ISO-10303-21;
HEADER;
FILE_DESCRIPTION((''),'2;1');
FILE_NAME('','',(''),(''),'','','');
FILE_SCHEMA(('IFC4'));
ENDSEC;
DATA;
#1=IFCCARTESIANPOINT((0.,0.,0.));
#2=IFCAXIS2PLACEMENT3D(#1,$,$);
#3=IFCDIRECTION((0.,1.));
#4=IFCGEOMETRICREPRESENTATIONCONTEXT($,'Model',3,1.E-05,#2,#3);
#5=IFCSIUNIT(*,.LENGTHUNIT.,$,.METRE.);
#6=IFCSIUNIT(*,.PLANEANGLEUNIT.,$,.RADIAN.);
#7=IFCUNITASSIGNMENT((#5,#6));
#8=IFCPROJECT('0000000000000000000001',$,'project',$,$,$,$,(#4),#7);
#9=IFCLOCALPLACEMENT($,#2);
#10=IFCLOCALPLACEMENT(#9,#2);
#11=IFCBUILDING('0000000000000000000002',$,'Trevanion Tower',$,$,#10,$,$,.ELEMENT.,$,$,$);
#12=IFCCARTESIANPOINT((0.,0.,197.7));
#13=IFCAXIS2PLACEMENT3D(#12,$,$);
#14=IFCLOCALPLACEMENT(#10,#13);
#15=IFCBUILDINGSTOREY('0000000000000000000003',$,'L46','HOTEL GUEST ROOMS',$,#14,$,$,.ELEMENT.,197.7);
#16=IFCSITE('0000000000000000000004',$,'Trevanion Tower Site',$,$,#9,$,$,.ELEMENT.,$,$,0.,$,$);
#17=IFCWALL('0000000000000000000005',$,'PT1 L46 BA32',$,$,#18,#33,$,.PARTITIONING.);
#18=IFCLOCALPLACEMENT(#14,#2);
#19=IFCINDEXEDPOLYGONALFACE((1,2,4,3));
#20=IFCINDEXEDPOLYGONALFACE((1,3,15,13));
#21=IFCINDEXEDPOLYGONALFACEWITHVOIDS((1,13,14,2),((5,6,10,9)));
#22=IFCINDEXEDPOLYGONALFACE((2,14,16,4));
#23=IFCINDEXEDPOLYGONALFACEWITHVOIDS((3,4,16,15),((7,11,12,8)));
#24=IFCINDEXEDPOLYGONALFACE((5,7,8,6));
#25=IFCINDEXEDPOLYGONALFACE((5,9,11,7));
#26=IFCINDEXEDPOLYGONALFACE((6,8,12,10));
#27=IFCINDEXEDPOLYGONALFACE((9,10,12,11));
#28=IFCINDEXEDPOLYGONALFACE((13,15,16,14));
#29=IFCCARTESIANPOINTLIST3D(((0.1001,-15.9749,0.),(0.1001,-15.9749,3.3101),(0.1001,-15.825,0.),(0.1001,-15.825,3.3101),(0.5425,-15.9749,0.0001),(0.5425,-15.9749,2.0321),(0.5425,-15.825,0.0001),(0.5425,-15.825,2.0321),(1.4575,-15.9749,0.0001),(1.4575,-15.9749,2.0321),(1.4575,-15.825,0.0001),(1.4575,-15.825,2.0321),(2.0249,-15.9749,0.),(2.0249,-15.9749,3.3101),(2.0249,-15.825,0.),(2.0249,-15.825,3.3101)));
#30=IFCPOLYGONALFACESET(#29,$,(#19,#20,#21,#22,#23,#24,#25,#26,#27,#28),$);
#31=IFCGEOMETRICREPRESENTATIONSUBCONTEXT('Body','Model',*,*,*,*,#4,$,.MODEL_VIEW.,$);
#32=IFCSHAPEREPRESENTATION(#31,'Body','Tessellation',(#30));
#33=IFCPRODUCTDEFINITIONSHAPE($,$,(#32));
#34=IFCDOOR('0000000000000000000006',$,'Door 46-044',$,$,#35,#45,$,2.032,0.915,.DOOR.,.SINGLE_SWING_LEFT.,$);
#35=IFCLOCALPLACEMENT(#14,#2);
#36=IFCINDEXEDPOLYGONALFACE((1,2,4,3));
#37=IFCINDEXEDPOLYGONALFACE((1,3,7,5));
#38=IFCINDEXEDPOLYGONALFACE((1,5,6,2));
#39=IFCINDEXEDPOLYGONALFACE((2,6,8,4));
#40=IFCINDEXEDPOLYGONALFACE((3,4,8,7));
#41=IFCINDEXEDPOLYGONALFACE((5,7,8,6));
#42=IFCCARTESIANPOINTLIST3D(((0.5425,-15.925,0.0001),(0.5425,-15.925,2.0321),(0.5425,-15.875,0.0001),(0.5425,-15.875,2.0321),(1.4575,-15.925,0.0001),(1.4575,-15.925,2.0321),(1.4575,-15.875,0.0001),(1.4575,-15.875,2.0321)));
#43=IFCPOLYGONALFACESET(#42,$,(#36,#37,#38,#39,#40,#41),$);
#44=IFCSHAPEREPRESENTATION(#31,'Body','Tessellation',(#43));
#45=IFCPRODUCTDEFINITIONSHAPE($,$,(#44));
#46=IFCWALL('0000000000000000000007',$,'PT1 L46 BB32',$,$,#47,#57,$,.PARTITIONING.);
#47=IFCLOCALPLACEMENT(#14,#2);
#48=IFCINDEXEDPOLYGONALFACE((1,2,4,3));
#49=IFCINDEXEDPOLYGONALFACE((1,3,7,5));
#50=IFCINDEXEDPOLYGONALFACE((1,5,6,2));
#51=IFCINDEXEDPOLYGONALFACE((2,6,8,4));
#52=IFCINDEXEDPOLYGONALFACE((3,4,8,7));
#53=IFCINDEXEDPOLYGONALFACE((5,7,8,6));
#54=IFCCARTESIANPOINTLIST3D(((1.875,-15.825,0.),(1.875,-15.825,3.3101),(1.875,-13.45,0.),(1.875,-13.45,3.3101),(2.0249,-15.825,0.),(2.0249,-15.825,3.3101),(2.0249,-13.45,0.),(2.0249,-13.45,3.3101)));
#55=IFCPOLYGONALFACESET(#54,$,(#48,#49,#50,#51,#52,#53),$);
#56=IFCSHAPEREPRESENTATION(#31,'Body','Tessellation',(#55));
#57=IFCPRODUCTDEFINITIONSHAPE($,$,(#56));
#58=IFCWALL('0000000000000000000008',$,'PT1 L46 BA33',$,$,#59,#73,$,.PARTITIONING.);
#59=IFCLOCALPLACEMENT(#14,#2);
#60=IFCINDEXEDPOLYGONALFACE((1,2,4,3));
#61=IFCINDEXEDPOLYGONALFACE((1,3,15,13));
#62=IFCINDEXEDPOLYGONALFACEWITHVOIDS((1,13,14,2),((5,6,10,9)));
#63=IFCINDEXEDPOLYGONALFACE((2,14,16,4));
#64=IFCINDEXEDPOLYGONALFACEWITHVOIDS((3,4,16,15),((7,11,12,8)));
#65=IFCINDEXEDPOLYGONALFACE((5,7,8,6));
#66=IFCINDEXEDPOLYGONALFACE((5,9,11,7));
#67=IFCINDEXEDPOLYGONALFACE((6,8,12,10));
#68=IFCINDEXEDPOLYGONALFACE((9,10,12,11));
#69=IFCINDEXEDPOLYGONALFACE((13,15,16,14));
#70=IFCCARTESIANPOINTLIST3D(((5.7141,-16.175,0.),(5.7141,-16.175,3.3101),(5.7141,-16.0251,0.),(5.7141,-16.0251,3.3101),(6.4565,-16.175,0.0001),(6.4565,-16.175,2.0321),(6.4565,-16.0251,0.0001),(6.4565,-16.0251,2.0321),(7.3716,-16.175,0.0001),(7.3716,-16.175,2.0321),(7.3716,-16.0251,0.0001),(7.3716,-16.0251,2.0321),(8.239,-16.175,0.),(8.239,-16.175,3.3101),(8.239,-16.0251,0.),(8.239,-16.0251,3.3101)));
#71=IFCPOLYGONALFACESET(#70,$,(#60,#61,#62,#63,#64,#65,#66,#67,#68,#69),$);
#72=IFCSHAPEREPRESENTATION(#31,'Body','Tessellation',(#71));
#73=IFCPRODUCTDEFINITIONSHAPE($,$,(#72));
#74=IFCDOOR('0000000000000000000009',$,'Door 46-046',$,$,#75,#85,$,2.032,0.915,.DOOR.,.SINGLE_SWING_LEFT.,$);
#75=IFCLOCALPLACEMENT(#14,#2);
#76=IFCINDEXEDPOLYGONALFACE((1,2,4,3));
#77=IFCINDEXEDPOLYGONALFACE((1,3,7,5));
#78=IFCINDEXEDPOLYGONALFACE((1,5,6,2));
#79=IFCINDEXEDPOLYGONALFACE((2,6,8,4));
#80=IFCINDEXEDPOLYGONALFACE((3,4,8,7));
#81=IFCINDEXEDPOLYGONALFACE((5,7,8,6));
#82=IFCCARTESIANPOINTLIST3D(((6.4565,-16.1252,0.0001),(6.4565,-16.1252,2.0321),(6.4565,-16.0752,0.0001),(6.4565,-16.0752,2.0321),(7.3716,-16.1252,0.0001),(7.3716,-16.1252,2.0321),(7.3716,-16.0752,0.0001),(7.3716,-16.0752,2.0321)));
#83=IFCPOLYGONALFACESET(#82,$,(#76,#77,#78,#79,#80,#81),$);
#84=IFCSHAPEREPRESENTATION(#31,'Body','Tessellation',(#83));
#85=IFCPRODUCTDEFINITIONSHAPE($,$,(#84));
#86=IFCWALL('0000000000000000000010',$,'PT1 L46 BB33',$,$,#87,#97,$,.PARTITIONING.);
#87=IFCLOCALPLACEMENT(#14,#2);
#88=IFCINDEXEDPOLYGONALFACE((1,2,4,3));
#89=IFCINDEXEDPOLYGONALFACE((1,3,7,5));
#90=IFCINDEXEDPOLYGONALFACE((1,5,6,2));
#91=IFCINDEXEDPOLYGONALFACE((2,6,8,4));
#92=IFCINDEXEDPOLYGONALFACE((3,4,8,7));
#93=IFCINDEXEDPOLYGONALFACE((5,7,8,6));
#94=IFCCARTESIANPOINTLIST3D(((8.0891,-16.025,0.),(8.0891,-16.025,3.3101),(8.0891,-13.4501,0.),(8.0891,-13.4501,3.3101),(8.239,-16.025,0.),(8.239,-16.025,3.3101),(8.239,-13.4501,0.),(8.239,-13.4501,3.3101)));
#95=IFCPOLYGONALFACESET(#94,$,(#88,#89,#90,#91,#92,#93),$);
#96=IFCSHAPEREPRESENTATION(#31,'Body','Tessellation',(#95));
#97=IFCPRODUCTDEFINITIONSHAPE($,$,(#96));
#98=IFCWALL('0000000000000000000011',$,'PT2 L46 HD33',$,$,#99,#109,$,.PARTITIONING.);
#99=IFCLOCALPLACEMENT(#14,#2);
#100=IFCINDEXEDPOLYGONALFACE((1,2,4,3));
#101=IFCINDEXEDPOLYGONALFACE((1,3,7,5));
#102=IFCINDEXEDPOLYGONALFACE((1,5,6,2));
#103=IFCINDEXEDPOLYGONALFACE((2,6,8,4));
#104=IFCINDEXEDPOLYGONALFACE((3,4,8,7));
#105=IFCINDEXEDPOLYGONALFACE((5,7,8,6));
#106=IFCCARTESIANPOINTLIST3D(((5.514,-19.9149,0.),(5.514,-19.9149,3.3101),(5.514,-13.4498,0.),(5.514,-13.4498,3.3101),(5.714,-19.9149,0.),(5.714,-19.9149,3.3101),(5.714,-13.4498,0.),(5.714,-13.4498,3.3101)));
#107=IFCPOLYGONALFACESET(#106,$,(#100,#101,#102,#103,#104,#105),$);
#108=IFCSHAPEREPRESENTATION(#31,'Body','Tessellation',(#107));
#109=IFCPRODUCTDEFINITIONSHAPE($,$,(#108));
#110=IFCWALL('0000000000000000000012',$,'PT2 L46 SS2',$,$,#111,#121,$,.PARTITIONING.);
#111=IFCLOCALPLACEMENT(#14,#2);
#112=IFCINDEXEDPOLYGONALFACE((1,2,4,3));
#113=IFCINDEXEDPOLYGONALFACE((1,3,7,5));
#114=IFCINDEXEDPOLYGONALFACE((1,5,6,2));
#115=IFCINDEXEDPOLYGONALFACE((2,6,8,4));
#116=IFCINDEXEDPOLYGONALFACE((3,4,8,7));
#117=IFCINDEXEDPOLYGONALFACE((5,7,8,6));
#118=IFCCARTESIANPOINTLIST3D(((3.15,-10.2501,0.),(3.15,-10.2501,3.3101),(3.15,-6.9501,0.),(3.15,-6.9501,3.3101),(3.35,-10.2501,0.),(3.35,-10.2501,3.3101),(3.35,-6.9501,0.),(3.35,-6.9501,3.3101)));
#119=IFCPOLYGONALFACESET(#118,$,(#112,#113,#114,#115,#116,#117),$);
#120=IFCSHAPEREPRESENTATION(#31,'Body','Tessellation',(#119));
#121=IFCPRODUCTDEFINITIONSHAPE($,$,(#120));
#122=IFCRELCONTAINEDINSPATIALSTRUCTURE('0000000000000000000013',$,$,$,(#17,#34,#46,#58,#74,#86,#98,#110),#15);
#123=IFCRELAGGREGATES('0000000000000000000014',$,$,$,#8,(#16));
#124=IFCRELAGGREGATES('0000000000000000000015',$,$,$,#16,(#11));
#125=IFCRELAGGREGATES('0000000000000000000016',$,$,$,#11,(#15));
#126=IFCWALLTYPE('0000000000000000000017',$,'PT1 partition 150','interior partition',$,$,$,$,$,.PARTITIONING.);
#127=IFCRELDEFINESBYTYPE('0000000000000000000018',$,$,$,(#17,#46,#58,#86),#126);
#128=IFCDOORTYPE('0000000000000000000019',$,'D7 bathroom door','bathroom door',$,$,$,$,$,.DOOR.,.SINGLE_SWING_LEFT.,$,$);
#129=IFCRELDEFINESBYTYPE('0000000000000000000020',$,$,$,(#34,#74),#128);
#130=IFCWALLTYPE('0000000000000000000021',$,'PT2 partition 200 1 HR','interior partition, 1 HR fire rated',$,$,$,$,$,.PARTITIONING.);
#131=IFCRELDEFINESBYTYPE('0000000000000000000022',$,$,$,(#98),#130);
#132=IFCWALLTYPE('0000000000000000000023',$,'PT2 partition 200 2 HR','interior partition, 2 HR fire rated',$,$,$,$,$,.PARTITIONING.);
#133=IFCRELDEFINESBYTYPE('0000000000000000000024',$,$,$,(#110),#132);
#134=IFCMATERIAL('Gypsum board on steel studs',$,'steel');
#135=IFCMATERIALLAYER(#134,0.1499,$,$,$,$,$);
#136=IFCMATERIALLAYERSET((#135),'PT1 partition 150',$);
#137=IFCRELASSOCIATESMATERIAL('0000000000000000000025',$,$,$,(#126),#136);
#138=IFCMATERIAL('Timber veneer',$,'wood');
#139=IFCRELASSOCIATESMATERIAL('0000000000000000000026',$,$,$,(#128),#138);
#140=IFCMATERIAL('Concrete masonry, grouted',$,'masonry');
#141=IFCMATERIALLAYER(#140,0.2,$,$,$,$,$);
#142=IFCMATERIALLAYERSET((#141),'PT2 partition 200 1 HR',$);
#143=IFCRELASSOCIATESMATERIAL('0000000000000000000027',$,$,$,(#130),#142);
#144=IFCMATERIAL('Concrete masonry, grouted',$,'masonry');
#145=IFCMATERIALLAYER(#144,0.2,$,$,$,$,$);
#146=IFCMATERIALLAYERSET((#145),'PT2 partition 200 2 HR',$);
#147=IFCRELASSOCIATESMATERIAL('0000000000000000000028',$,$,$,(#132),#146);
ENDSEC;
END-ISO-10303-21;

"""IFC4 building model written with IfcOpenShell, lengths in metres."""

from ifc_helpers import new_model, si_unit, direction, frame, frame_2d, origin, place, context, subcontext, project, spatial, rectangle, extrude, material, layer, layer_set, type_object, element, fill, save


model = new_model("IFC4")

# Units and contexts
model_context = context("Model", 3, precision=1e-05, world=origin(), true_north=direction((0.0, 1.0)))
body_context = subcontext(model_context, "Body", "Model", "MODEL_VIEW")
ifc_project = project(units=[si_unit("LENGTHUNIT", "METRE"), si_unit("PLANEANGLEUNIT", "RADIAN")], contexts=[model_context])

# Site, building, storey
site_placement = place(None, origin())
site = spatial("IfcSite", under=ifc_project, at=site_placement, Name="Trevanion Tower Site", CompositionType="ELEMENT", RefElevation=0.0)
building_placement = place(site_placement, origin())
building = spatial("IfcBuilding", under=site, at=building_placement, Name="Trevanion Tower", CompositionType="ELEMENT")
storey_placement = place(building_placement, frame((0.0, 0.0, 197.7)))
storey = spatial("IfcBuildingStorey", under=building, at=storey_placement, Name="L46", Description="HOTEL GUEST ROOMS", CompositionType="ELEMENT", Elevation=197.7)

# Wall, opening, door
ifc_material_1 = material(Name="Gypsum board on steel studs", Category="steel")
ifc_layer_1 = layer(ifc_material_1, 0.1499)
ifc_layer_set_1 = layer_set([ifc_layer_1], Name="PT1 partition 150")
wall_type_1 = type_object("IfcWallType", Name="PT1 partition 150", Description="interior partition", PredefinedType="PARTITIONING", material=ifc_layer_set_1)
wall_1_placement = place(storey_placement, frame((0.1001, -15.8999, 0.0), z_axis=(0.0, 0.0, 1.0), x_axis=(1.0, 0.0, 0.0)))
wall_1 = element("IfcWall", 1, at=wall_1_placement, inside=storey, type_object=wall_type_1, Name="PT1 L46 BA32", PredefinedType="PARTITIONING", context=body_context, shape_type="SweptSolid", body=[
    extrude(rectangle(XDim=1.9248, YDim=0.1499, at=frame_2d((0.9624, 0.0))), origin(), (0.0, 0.0, 1.0), 3.3101),
])
opening_1_placement = place(wall_1_placement, frame((0.4424, 0.0, 0.0)))
opening_1 = element("IfcOpeningElement", 2, at=opening_1_placement, cuts=wall_1, PredefinedType="OPENING", context=body_context, shape_type="SweptSolid", body=[
    extrude(rectangle(XDim=0.915, YDim=2.032, at=frame_2d((0.4575, 1.0161))), frame((0.0, 0.085, 0.0), z_axis=(0.0, -1.0, 0.0), x_axis=(1.0, 0.0, 0.0)), (0.0, 0.0, 1.0), 0.1699),
])
ifc_material_2 = material(Name="Timber veneer", Category="wood")
door_type = type_object("IfcDoorType", Name="D7 bathroom door", Description="bathroom door", OperationType="SINGLE_SWING_LEFT", PredefinedType="DOOR", material=ifc_material_2)
door_1_placement = place(opening_1_placement, origin())
door_1 = element("IfcDoor", 3, at=door_1_placement, inside=storey, type_object=door_type, Name="Door 46-044", OperationType="SINGLE_SWING_LEFT", OverallHeight=2.032, OverallWidth=0.915, PredefinedType="DOOR", context=body_context, shape_type="SweptSolid", body=[
    extrude(rectangle(XDim=0.915, YDim=2.032, at=frame_2d((0.4575, 1.0161))), frame((0.0, 0.0249, 0.0), z_axis=(0.0, -1.0, 0.0), x_axis=(1.0, 0.0, 0.0)), (0.0, 0.0, 1.0), 0.05),
])
fill(opening_1, door_1)

# Wall
wall_2_placement = place(storey_placement, frame((1.95, -13.45, 0.0), z_axis=(0.0, 0.0, 1.0), x_axis=(0.0, -1.0, 0.0)))
element("IfcWall", 4, at=wall_2_placement, inside=storey, type_object=wall_type_1, Name="PT1 L46 BB32", PredefinedType="PARTITIONING", context=body_context, shape_type="SweptSolid", body=[
    extrude(rectangle(XDim=2.375, YDim=0.1499, at=frame_2d((1.1875, 0.0))), origin(), (0.0, 0.0, 1.0), 3.3101),
])

# Wall, opening, door
wall_3_placement = place(storey_placement, frame((5.7141, -16.1001, 0.0), z_axis=(0.0, 0.0, 1.0), x_axis=(1.0, 0.0, 0.0)))
wall_3 = element("IfcWall", 5, at=wall_3_placement, inside=storey, type_object=wall_type_1, Name="PT1 L46 BA33", PredefinedType="PARTITIONING", context=body_context, shape_type="SweptSolid", body=[
    extrude(rectangle(XDim=2.5249, YDim=0.1499, at=frame_2d((1.2625, 0.0))), origin(), (0.0, 0.0, 1.0), 3.3101),
])
opening_2_placement = place(wall_3_placement, frame((0.7424, 0.0, 0.0)))
opening_2 = element("IfcOpeningElement", 6, at=opening_2_placement, cuts=wall_3, PredefinedType="OPENING", context=body_context, shape_type="SweptSolid", body=[
    extrude(rectangle(XDim=0.915, YDim=2.032, at=frame_2d((0.4575, 1.0161))), frame((0.0, 0.085, 0.0), z_axis=(0.0, -1.0, 0.0), x_axis=(1.0, 0.0, 0.0)), (0.0, 0.0, 1.0), 0.1699),
])
door_2_placement = place(opening_2_placement, origin())
door_2 = element("IfcDoor", 7, at=door_2_placement, inside=storey, type_object=door_type, Name="Door 46-046", OperationType="SINGLE_SWING_LEFT", OverallHeight=2.032, OverallWidth=0.915, PredefinedType="DOOR", context=body_context, shape_type="SweptSolid", body=[
    extrude(rectangle(XDim=0.915, YDim=2.032, at=frame_2d((0.4575, 1.0161))), frame((0.0, 0.0249, 0.0), z_axis=(0.0, -1.0, 0.0), x_axis=(1.0, 0.0, 0.0)), (0.0, 0.0, 1.0), 0.05),
])
fill(opening_2, door_2)

# Walls
wall_4_placement = place(storey_placement, frame((8.1641, -13.45, 0.0), z_axis=(0.0, 0.0, 1.0), x_axis=(0.0, -1.0, 0.0)))
element("IfcWall", 8, at=wall_4_placement, inside=storey, type_object=wall_type_1, Name="PT1 L46 BB33", PredefinedType="PARTITIONING", context=body_context, shape_type="SweptSolid", body=[
    extrude(rectangle(XDim=2.575, YDim=0.1499, at=frame_2d((1.2876, 0.0))), origin(), (0.0, 0.0, 1.0), 3.3101),
])
ifc_material_3 = material(Name="Concrete masonry, grouted", Category="masonry")
ifc_layer_2 = layer(ifc_material_3, 0.2)
ifc_layer_set_2 = layer_set([ifc_layer_2], Name="PT2 partition 200 1 HR")
wall_type_2 = type_object("IfcWallType", Name="PT2 partition 200 1 HR", Description="interior partition, 1 HR fire rated", PredefinedType="PARTITIONING", material=ifc_layer_set_2)
wall_5_placement = place(storey_placement, frame((5.614, -13.45, 0.0), z_axis=(0.0, 0.0, 1.0), x_axis=(0.0, -1.0, 0.0)))
element("IfcWall", 9, at=wall_5_placement, inside=storey, type_object=wall_type_2, Name="PT2 L46 HD33", PredefinedType="PARTITIONING", context=body_context, shape_type="SweptSolid", body=[
    extrude(rectangle(XDim=6.4651, YDim=0.2, at=frame_2d((3.2324, 0.0))), origin(), (0.0, 0.0, 1.0), 3.3101),
])
ifc_material_4 = material(Name="Concrete masonry, grouted", Category="masonry")
ifc_layer_3 = layer(ifc_material_4, 0.2)
ifc_layer_set_3 = layer_set([ifc_layer_3], Name="PT2 partition 200 2 HR")
wall_type_3 = type_object("IfcWallType", Name="PT2 partition 200 2 HR", Description="interior partition, 2 HR fire rated", PredefinedType="PARTITIONING", material=ifc_layer_set_3)
wall_6_placement = place(storey_placement, frame((3.25, -10.25, 0.0), z_axis=(0.0, 0.0, 1.0), x_axis=(0.0, 1.0, 0.0)))
element("IfcWall", 10, at=wall_6_placement, inside=storey, type_object=wall_type_3, Name="PT2 L46 SS2", PredefinedType="PARTITIONING", context=body_context, shape_type="SweptSolid", body=[
    extrude(rectangle(XDim=3.3, YDim=0.2, at=frame_2d((1.6499, 0.0))), origin(), (0.0, 0.0, 1.0), 3.3101),
])

save(model, "model.ifc")
